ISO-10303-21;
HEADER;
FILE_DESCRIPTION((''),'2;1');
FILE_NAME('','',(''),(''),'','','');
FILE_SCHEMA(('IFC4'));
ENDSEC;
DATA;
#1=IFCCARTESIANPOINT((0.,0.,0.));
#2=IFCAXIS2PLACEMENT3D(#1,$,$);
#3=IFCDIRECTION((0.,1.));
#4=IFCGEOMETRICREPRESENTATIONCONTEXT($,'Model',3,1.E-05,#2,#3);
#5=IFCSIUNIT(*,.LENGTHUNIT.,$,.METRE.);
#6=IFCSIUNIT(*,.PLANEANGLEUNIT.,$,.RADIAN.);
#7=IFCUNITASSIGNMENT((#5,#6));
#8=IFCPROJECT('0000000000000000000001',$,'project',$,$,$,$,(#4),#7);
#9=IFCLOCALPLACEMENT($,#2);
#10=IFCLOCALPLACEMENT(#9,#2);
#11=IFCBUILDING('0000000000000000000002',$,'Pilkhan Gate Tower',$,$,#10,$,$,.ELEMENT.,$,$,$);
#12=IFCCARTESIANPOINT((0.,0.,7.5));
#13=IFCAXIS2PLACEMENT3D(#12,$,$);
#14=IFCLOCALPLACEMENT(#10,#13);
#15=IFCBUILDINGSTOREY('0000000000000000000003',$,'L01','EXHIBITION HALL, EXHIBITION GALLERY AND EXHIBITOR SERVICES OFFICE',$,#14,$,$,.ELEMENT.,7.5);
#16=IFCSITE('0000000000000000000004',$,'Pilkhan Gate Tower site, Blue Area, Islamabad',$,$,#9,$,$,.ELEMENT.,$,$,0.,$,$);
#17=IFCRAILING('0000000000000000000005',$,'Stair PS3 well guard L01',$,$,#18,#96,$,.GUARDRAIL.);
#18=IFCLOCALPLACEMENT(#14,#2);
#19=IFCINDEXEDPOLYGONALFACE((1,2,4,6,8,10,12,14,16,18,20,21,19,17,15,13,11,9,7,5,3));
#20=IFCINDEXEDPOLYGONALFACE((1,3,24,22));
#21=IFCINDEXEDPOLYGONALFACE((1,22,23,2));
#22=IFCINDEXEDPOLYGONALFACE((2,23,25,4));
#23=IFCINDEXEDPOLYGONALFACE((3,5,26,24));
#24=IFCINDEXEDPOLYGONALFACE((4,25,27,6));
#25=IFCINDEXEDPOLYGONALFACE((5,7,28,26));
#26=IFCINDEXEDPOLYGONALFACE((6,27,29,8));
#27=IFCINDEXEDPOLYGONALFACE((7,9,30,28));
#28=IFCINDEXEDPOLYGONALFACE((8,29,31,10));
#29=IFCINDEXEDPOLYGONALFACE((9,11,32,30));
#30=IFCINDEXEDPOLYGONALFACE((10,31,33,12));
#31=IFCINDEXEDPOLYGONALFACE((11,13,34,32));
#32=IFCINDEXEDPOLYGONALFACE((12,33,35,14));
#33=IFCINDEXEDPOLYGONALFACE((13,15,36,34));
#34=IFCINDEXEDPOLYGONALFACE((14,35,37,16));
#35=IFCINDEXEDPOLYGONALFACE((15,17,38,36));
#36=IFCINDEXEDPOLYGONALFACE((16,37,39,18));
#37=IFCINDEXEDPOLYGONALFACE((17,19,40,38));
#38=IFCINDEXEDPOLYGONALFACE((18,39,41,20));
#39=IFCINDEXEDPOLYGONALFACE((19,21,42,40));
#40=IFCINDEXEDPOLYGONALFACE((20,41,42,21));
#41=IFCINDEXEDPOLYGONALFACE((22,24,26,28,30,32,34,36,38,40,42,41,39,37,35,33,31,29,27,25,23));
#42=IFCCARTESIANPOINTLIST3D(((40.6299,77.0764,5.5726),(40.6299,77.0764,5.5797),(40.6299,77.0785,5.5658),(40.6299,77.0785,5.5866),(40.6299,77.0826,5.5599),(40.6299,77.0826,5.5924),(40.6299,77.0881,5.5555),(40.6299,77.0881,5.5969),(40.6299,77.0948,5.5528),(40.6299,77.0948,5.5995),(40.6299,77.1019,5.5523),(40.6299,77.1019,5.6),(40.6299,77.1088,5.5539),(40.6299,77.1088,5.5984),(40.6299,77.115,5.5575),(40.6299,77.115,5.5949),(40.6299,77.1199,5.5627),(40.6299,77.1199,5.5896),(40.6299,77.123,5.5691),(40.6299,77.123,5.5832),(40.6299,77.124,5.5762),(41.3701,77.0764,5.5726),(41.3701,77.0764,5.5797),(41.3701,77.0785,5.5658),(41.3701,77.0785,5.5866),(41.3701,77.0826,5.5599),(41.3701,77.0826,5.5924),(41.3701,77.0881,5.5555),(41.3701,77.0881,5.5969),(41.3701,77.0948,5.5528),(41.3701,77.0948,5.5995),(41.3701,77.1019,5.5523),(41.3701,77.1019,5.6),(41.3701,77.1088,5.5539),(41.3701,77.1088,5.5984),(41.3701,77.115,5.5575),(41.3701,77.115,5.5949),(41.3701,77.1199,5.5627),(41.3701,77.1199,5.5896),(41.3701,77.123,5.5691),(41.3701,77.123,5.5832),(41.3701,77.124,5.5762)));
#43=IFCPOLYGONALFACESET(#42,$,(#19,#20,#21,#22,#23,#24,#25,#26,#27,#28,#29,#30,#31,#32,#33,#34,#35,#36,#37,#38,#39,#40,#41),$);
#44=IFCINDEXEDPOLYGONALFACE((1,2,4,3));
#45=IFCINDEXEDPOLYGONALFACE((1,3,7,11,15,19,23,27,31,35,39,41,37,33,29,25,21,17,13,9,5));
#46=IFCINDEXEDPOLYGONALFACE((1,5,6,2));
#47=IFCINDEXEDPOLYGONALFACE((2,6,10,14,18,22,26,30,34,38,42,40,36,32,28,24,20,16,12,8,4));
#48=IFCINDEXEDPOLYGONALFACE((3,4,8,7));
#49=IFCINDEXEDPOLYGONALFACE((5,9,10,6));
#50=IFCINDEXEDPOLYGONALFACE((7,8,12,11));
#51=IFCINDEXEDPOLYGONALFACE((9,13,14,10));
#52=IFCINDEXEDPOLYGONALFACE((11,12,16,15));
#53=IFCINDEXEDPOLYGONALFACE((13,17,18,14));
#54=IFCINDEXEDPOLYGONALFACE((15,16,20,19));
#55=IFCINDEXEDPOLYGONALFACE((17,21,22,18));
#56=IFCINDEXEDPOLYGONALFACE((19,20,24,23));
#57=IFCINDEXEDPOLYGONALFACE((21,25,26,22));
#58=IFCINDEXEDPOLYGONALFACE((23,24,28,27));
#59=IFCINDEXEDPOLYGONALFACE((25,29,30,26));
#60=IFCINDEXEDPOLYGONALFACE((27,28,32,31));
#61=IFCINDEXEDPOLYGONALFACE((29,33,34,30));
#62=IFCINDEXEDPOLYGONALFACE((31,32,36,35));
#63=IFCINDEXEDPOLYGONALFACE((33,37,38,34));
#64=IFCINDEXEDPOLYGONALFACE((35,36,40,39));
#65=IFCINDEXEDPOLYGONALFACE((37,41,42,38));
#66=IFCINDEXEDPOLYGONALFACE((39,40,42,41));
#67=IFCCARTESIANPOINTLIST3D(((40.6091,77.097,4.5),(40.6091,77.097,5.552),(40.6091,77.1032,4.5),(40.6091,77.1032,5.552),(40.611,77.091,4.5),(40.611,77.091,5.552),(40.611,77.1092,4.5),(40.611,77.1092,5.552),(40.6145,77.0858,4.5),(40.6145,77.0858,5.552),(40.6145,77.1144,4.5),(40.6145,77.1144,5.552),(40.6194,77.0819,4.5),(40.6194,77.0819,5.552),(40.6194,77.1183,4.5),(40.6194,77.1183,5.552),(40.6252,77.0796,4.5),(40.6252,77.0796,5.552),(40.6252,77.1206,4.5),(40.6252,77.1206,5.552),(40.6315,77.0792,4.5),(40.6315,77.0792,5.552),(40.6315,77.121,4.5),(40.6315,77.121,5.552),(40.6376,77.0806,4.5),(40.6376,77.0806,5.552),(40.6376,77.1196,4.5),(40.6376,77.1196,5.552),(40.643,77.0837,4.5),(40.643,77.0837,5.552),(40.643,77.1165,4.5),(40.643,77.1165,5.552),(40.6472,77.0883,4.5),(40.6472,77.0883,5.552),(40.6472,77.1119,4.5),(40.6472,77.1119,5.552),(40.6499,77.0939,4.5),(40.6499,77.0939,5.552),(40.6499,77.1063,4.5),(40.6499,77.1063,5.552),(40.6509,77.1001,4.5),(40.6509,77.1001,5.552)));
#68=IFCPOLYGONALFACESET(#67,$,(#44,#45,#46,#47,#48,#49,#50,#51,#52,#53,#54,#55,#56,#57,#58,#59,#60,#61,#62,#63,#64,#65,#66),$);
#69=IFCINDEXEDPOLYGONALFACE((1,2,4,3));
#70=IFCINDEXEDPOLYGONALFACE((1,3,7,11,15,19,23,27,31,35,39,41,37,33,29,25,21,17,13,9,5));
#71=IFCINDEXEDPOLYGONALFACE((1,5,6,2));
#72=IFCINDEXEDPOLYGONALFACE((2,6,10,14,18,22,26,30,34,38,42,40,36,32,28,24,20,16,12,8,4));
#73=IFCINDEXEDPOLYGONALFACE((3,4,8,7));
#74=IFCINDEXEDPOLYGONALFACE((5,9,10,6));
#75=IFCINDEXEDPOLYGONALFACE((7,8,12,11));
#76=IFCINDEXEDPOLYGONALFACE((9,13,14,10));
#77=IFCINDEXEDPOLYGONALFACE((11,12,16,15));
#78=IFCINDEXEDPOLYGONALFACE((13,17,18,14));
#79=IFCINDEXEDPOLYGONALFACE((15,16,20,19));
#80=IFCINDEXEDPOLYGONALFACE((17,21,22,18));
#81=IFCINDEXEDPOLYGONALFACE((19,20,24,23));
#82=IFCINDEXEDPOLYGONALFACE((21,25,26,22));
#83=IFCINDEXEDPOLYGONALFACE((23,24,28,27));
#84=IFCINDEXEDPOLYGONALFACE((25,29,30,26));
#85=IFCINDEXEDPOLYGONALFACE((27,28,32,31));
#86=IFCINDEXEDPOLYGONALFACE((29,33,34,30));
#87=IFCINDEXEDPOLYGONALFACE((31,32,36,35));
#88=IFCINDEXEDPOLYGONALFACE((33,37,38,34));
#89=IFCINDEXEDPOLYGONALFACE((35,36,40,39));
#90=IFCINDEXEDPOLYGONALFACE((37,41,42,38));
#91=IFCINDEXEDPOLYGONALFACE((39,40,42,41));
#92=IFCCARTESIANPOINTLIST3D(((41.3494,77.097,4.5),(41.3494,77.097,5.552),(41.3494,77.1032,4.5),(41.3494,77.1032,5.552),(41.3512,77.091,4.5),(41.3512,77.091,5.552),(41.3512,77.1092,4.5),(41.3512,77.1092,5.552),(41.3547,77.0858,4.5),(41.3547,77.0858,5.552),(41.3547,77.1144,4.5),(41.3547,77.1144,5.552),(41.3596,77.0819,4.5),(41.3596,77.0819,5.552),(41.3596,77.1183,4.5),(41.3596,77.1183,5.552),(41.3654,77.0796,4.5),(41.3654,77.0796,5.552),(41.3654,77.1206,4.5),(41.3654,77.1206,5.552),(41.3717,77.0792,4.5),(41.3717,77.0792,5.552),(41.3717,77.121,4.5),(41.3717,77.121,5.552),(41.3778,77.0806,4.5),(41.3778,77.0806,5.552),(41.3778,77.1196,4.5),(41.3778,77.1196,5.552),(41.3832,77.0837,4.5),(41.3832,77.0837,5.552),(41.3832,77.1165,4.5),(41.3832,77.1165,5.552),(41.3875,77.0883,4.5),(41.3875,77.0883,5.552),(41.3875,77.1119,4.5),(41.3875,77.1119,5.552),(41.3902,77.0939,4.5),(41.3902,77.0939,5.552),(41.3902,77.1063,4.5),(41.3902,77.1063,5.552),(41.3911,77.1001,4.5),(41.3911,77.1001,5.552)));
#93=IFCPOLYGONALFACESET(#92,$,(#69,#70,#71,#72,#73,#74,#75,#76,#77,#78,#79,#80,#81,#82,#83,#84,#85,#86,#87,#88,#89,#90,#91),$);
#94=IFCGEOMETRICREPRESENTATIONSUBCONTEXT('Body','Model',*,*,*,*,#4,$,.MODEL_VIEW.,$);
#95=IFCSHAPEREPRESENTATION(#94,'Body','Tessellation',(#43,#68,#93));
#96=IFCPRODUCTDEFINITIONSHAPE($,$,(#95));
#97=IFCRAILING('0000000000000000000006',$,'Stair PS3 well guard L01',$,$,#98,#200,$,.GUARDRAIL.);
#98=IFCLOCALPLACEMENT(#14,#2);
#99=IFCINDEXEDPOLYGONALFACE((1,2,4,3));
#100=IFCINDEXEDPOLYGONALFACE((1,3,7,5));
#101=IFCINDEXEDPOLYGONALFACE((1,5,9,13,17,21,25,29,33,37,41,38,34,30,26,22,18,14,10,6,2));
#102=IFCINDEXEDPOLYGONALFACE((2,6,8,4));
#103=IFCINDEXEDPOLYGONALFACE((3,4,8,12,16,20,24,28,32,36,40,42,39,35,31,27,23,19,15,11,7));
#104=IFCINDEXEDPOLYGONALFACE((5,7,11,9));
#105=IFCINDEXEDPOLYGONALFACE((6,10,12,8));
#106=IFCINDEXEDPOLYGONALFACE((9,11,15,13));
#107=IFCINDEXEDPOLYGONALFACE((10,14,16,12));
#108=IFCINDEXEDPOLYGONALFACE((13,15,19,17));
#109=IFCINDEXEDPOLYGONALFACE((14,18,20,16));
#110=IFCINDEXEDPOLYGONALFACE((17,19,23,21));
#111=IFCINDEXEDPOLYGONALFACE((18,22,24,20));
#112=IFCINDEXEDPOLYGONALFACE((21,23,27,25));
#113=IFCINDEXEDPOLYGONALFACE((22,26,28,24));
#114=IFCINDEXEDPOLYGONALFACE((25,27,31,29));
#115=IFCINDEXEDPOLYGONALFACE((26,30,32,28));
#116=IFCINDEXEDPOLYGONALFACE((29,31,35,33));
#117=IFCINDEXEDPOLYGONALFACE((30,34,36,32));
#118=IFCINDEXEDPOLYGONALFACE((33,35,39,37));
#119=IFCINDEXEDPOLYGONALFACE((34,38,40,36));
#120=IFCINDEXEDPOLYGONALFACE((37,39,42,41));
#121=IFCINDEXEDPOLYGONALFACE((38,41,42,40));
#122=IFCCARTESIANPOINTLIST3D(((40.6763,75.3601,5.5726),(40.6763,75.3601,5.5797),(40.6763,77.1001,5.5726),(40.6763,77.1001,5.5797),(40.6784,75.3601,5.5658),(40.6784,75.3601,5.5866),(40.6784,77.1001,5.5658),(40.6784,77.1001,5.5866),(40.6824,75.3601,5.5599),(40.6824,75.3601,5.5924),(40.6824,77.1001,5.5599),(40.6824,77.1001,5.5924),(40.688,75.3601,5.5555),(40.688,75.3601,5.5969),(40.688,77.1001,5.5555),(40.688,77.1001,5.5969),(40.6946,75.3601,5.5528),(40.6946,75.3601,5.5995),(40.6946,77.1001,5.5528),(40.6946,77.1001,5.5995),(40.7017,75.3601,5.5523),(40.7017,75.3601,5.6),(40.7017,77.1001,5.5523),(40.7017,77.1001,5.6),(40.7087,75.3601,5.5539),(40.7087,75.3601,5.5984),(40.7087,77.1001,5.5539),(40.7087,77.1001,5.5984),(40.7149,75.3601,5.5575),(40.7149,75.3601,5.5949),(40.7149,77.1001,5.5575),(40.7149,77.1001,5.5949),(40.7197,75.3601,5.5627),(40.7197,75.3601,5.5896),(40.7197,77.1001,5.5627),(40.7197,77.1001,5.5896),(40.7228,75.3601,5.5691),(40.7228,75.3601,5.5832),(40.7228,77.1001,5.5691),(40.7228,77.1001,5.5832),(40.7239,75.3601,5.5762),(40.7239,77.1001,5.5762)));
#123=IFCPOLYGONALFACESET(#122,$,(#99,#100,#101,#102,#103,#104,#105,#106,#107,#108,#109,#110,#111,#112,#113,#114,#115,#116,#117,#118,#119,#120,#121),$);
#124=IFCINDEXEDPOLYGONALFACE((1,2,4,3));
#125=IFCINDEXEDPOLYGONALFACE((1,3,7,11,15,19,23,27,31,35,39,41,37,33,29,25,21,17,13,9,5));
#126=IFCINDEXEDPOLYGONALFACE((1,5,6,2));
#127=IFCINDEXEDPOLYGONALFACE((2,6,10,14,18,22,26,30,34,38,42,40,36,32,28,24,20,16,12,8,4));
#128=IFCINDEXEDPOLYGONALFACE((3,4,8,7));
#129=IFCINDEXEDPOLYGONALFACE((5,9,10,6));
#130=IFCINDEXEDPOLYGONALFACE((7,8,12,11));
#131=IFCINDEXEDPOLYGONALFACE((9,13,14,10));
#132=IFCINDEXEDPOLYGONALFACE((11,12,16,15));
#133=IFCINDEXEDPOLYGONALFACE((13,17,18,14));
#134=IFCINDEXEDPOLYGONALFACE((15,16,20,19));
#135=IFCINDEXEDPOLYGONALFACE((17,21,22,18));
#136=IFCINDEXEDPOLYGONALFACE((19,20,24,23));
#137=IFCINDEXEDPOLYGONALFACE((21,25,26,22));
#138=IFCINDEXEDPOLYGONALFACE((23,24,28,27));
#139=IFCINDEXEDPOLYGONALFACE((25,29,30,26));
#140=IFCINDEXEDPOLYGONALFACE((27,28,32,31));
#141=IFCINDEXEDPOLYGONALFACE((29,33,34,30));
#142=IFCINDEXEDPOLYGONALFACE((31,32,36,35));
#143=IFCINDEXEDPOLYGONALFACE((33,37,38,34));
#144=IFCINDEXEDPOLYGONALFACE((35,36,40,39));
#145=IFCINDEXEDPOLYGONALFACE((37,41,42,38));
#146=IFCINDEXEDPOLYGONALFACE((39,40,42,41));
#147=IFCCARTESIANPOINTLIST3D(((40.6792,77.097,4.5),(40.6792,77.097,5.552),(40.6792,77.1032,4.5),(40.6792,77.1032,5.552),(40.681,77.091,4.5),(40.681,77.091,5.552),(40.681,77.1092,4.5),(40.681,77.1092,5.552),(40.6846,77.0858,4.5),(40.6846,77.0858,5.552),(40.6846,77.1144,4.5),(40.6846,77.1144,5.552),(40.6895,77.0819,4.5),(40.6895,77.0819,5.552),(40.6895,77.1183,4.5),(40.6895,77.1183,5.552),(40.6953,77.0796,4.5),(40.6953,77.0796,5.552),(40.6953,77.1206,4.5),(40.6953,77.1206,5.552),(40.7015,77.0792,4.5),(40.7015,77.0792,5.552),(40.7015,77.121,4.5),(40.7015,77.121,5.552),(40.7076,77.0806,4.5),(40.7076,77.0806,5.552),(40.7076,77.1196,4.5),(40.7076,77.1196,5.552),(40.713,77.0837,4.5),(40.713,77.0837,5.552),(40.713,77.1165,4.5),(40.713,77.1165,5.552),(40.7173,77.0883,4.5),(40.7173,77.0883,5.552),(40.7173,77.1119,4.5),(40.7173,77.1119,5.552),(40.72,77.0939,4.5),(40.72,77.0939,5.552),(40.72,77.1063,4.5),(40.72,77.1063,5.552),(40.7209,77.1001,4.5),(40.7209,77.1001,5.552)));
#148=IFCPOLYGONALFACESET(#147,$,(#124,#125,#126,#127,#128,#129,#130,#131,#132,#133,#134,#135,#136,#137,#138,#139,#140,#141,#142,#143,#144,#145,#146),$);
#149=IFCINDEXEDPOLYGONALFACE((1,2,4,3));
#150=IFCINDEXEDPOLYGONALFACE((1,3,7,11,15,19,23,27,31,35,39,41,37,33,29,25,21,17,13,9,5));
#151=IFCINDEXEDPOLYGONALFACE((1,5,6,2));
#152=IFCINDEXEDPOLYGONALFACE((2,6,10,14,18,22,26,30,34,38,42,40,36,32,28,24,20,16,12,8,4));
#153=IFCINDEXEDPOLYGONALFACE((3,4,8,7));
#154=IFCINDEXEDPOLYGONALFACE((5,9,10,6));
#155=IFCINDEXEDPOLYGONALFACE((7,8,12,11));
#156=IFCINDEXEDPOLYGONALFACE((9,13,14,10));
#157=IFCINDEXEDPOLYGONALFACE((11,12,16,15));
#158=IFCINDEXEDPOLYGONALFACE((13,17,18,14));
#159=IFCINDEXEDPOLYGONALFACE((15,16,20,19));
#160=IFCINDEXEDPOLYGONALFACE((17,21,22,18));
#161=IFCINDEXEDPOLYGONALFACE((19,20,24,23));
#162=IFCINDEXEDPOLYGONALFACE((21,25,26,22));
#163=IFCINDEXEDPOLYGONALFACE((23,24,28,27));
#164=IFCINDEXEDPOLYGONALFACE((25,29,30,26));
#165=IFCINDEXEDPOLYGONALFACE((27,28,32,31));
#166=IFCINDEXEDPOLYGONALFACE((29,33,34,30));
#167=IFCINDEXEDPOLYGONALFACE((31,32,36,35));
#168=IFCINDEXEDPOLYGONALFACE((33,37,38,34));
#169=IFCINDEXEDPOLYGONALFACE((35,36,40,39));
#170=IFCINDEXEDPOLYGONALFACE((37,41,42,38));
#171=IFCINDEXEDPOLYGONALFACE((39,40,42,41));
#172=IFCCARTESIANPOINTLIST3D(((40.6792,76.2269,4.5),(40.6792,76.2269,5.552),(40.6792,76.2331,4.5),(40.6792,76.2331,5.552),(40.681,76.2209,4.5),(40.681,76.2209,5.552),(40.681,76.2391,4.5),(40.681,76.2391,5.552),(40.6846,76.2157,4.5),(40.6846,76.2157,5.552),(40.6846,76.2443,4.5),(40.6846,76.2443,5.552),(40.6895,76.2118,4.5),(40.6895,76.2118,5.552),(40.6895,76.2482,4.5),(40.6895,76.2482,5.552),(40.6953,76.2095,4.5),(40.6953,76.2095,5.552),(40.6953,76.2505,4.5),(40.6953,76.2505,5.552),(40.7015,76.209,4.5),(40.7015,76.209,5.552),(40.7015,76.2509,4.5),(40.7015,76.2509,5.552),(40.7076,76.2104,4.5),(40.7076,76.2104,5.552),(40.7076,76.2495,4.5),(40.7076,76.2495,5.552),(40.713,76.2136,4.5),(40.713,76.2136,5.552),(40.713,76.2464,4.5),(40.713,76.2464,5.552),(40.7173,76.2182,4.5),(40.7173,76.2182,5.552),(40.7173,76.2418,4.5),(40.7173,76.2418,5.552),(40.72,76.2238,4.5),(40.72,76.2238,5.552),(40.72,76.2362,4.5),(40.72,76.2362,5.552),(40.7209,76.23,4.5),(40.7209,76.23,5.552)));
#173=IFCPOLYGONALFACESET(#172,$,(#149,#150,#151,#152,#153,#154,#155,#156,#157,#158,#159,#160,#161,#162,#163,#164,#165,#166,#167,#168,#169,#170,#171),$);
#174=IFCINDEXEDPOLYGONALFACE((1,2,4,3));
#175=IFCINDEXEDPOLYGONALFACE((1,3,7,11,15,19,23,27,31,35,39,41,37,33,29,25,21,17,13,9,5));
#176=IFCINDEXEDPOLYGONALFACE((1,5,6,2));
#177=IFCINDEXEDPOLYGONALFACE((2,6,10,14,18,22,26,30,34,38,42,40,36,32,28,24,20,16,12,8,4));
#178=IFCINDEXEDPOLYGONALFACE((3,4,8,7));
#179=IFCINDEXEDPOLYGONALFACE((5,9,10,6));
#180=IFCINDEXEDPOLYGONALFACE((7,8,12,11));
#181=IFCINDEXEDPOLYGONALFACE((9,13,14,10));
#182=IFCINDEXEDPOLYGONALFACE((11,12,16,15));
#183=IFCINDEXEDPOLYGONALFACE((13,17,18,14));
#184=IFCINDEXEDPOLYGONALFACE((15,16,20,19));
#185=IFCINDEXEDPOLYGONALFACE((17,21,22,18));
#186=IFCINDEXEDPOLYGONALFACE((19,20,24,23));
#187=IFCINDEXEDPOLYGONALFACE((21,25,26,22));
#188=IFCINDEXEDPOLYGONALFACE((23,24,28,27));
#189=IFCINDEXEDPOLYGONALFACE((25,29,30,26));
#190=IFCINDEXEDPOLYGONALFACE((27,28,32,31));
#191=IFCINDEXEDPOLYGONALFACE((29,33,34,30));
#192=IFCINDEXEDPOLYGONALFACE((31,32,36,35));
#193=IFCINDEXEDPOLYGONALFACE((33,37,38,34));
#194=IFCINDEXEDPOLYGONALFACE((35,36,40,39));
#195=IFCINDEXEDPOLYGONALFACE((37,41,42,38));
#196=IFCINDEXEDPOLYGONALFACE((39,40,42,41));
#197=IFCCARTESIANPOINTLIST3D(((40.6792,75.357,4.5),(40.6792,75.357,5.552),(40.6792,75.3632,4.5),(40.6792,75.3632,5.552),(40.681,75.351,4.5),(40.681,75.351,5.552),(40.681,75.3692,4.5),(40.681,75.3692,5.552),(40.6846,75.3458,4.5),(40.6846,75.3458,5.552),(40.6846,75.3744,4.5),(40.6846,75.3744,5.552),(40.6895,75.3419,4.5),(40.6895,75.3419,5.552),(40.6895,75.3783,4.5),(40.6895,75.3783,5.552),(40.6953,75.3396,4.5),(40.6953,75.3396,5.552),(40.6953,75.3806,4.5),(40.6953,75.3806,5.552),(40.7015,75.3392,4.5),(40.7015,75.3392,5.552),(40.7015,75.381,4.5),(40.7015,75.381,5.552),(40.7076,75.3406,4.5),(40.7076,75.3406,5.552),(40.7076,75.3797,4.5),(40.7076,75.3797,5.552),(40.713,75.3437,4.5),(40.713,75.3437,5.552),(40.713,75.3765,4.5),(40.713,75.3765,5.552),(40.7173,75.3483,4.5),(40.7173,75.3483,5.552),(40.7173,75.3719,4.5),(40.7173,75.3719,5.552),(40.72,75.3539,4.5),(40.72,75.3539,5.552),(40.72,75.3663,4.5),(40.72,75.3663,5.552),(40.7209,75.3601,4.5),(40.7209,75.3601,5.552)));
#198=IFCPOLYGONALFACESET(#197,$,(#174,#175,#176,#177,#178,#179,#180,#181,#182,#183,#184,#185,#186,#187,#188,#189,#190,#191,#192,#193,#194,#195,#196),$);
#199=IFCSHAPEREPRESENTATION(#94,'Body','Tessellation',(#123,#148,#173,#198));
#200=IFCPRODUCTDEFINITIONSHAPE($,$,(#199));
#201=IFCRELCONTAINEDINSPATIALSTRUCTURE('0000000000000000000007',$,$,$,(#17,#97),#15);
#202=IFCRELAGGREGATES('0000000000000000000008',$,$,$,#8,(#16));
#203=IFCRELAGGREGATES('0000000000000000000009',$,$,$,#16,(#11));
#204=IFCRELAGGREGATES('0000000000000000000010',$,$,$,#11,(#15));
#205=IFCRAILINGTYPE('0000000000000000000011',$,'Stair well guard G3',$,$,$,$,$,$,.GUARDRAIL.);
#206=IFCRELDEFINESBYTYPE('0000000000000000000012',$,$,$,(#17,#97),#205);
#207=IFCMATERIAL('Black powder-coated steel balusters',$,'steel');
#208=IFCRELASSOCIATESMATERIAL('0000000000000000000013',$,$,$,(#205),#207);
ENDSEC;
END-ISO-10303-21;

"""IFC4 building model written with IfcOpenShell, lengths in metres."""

from ifc_helpers import new_model, si_unit, direction, frame, origin, origin_2d, place, context, subcontext, project, spatial, circle, extrude, material, type_object, element, save


model = new_model("IFC4")

# Units and contexts
model_context = context("Model", 3, precision=1e-05, world=origin(), true_north=direction((0.0, 1.0)))
body_context = subcontext(model_context, "Body", "Model", "MODEL_VIEW")
ifc_project = project(units=[si_unit("LENGTHUNIT", "METRE"), si_unit("PLANEANGLEUNIT", "RADIAN")], contexts=[model_context])

# Site, building, storey
site_placement = place(None, origin())
site = spatial("IfcSite", under=ifc_project, at=site_placement, Name="Pilkhan Gate Tower site, Blue Area, Islamabad", CompositionType="ELEMENT", RefElevation=0.0)
building_placement = place(site_placement, origin())
building = spatial("IfcBuilding", under=site, at=building_placement, Name="Pilkhan Gate Tower", CompositionType="ELEMENT")
storey_placement = place(building_placement, frame((0.0, 0.0, 7.5)))
storey = spatial("IfcBuildingStorey", under=building, at=storey_placement, Name="L01", Description="EXHIBITION HALL, EXHIBITION GALLERY AND EXHIBITOR SERVICES OFFICE", CompositionType="ELEMENT", Elevation=7.5)

# Railings
ifc_material_1 = material(Name="Black powder-coated steel balusters", Category="steel")
railing_type_1 = type_object("IfcRailingType", Name="Stair well guard G3", PredefinedType="GUARDRAIL", material=ifc_material_1)
railing_1_placement = place(storey_placement, frame((40.6299, 77.1001, 4.5)))
element("IfcRailing", 1, at=railing_1_placement, inside=storey, type_object=railing_type_1, Name="Stair PS3 well guard L01", PredefinedType="GUARDRAIL", context=body_context, shape_type="SweptSolid", body=[
    extrude(circle(Radius=0.0239, at=origin_2d()), frame((0.0, 0.0, 1.0762), z_axis=(1.0, 0.0, 0.0), x_axis=(0.0, 1.0, 0.0)), (0.0, 0.0, 1.0), 0.7402),
    extrude(circle(Radius=0.021, at=origin_2d()), origin(), (0.0, 0.0, 1.0), 1.052),
    extrude(circle(Radius=0.021, at=origin_2d()), frame((0.7402, 0.0, 0.0)), (0.0, 0.0, 1.0), 1.052),
])
railing_2_placement = place(storey_placement, frame((40.7, 77.1001, 4.5)))
element("IfcRailing", 2, at=railing_2_placement, inside=storey, type_object=railing_type_1, Name="Stair PS3 well guard L01", PredefinedType="GUARDRAIL", context=body_context, shape_type="SweptSolid", body=[
    extrude(circle(Radius=0.0239, at=origin_2d()), frame((0.0, 0.0, 1.0762), z_axis=(0.0, -1.0, 0.0), x_axis=(1.0, 0.0, 0.0)), (0.0, 0.0, 1.0), 1.74),
    extrude(circle(Radius=0.021, at=origin_2d()), origin(), (0.0, 0.0, 1.0), 1.052),
    extrude(circle(Radius=0.021, at=origin_2d()), frame((0.0, -0.8701, 0.0)), (0.0, 0.0, 1.0), 1.052),
    extrude(circle(Radius=0.021, at=origin_2d()), frame((0.0, -1.74, 0.0)), (0.0, 0.0, 1.0), 1.052),
])

save(model, "model.ifc")
